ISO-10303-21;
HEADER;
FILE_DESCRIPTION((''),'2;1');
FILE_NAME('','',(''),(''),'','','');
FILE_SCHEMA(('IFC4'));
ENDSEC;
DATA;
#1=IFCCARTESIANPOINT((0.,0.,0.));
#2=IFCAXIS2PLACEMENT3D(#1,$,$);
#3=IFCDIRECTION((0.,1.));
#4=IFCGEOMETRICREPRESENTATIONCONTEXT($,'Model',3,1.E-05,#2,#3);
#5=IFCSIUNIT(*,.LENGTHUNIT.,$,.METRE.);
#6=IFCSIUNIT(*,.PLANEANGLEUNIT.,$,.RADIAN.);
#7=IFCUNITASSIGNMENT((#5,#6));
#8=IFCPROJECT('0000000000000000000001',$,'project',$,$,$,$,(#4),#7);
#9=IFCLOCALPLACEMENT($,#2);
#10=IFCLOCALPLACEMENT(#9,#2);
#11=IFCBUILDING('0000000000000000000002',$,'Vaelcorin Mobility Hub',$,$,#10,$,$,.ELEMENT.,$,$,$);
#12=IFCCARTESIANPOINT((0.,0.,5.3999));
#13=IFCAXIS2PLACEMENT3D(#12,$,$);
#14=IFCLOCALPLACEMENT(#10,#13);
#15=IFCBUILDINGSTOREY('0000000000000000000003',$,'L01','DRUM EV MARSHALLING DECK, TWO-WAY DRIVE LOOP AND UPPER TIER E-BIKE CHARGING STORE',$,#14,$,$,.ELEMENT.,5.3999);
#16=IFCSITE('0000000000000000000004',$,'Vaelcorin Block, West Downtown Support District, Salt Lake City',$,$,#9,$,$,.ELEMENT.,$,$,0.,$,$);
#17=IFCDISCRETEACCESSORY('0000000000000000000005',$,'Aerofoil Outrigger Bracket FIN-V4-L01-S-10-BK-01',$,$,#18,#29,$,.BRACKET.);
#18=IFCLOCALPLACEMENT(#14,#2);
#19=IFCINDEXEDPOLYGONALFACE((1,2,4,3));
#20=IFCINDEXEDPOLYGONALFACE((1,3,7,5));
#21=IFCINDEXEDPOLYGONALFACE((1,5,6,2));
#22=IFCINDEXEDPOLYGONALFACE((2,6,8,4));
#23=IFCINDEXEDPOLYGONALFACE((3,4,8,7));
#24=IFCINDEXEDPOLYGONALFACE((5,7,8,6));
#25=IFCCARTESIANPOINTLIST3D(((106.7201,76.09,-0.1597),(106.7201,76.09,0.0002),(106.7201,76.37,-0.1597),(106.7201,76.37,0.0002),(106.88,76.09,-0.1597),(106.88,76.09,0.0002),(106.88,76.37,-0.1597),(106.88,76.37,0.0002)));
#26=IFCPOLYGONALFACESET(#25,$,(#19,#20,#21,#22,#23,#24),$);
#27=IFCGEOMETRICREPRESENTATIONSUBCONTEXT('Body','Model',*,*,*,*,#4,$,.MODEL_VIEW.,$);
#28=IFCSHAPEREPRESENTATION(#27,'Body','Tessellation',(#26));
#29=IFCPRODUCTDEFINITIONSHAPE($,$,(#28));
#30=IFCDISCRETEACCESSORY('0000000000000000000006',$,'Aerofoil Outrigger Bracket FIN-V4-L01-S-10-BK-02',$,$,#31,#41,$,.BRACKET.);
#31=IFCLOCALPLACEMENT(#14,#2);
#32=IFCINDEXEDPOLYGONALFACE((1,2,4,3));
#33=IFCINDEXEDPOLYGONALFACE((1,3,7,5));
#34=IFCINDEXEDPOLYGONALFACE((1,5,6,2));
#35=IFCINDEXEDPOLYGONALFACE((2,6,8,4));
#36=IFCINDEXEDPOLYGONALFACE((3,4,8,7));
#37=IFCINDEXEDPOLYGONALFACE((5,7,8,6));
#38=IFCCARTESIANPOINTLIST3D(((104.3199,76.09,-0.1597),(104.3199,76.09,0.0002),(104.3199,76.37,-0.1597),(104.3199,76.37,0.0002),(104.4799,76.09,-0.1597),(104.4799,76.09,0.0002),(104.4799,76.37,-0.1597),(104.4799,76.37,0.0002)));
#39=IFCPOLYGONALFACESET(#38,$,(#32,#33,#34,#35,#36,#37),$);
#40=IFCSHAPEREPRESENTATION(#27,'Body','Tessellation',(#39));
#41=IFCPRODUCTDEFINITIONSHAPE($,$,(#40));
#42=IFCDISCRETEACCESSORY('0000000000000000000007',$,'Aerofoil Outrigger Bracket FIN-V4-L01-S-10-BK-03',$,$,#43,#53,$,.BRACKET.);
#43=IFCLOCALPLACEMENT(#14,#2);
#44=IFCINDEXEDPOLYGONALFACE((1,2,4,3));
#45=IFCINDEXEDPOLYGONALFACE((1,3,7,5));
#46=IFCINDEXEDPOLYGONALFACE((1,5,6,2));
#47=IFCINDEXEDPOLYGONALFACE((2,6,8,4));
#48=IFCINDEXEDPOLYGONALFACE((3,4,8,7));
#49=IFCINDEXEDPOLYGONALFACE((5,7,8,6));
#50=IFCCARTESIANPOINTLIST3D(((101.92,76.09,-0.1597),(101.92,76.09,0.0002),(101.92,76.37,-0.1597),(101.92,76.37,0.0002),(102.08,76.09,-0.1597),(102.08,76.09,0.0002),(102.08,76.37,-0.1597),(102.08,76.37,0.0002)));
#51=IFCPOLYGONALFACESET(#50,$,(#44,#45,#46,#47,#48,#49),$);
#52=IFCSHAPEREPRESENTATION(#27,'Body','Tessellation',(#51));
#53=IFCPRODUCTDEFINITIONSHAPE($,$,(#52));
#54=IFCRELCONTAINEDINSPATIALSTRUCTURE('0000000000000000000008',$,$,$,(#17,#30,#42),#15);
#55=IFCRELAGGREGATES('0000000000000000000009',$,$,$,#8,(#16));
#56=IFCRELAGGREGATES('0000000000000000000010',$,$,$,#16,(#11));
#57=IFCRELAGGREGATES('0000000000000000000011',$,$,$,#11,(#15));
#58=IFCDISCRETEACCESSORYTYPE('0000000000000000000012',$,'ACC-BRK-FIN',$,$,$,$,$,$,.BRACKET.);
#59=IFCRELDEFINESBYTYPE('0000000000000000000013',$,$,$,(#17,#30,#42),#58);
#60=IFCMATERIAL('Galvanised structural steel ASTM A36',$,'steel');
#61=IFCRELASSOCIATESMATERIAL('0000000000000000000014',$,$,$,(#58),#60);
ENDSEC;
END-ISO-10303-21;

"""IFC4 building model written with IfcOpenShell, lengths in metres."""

from ifc_helpers import new_model, si_unit, direction, frame, origin, origin_2d, place, context, subcontext, project, spatial, rectangle, extrude, material, type_object, element, save


model = new_model("IFC4")

# Units and contexts
model_context = context("Model", 3, precision=1e-05, world=origin(), true_north=direction((0.0, 1.0)))
body_context = subcontext(model_context, "Body", "Model", "MODEL_VIEW")
ifc_project = project(units=[si_unit("LENGTHUNIT", "METRE"), si_unit("PLANEANGLEUNIT", "RADIAN")], contexts=[model_context])

# Site, building, storey
site_placement = place(None, origin())
site = spatial("IfcSite", under=ifc_project, at=site_placement, Name="Vaelcorin Block, West Downtown Support District, Salt Lake City", CompositionType="ELEMENT", RefElevation=0.0)
building_placement = place(site_placement, origin())
building = spatial("IfcBuilding", under=site, at=building_placement, Name="Vaelcorin Mobility Hub", CompositionType="ELEMENT")
storey_placement = place(building_placement, frame((0.0, 0.0, 5.3999)))
storey = spatial("IfcBuildingStorey", under=building, at=storey_placement, Name="L01", Description="DRUM EV MARSHALLING DECK, TWO-WAY DRIVE LOOP AND UPPER TIER E-BIKE CHARGING STORE", CompositionType="ELEMENT", Elevation=5.3999)

# Shared definitions
ifc_material_1 = material(Name="Galvanised structural steel ASTM A36", Category="steel")

# Discrete accessories
discrete_accessory_type_1 = type_object("IfcDiscreteAccessoryType", Name="ACC-BRK-FIN", PredefinedType="BRACKET", material=ifc_material_1)
for number, where, z_axis, x_axis, name in (
    (1, (106.8, 76.23, -0.1597), (0.0, 0.0, 1.0), (0.0, -1.0, 0.0), "Aerofoil Outrigger Bracket FIN-V4-L01-S-10-BK-01"),
    (2, (104.3999, 76.23, -0.1597), (0.0, 0.0, 1.0), (0.0, -1.0, 0.0), "Aerofoil Outrigger Bracket FIN-V4-L01-S-10-BK-02"),
    (3, (102.0, 76.23, -0.1597), (0.0, 0.0, 1.0), (0.0, -1.0, 0.0), "Aerofoil Outrigger Bracket FIN-V4-L01-S-10-BK-03"),
):
    element("IfcDiscreteAccessory", number, at=place(storey_placement, frame(where, z_axis=z_axis, x_axis=x_axis)), inside=storey, type_object=discrete_accessory_type_1, Name=name, PredefinedType="BRACKET", context=body_context, shape_type="SweptSolid", body=[
        extrude(rectangle(XDim=0.28, YDim=0.1599, at=origin_2d()), origin(), (0.0, 0.0, 1.0), 0.1599),
    ])

save(model, "model.ifc")
